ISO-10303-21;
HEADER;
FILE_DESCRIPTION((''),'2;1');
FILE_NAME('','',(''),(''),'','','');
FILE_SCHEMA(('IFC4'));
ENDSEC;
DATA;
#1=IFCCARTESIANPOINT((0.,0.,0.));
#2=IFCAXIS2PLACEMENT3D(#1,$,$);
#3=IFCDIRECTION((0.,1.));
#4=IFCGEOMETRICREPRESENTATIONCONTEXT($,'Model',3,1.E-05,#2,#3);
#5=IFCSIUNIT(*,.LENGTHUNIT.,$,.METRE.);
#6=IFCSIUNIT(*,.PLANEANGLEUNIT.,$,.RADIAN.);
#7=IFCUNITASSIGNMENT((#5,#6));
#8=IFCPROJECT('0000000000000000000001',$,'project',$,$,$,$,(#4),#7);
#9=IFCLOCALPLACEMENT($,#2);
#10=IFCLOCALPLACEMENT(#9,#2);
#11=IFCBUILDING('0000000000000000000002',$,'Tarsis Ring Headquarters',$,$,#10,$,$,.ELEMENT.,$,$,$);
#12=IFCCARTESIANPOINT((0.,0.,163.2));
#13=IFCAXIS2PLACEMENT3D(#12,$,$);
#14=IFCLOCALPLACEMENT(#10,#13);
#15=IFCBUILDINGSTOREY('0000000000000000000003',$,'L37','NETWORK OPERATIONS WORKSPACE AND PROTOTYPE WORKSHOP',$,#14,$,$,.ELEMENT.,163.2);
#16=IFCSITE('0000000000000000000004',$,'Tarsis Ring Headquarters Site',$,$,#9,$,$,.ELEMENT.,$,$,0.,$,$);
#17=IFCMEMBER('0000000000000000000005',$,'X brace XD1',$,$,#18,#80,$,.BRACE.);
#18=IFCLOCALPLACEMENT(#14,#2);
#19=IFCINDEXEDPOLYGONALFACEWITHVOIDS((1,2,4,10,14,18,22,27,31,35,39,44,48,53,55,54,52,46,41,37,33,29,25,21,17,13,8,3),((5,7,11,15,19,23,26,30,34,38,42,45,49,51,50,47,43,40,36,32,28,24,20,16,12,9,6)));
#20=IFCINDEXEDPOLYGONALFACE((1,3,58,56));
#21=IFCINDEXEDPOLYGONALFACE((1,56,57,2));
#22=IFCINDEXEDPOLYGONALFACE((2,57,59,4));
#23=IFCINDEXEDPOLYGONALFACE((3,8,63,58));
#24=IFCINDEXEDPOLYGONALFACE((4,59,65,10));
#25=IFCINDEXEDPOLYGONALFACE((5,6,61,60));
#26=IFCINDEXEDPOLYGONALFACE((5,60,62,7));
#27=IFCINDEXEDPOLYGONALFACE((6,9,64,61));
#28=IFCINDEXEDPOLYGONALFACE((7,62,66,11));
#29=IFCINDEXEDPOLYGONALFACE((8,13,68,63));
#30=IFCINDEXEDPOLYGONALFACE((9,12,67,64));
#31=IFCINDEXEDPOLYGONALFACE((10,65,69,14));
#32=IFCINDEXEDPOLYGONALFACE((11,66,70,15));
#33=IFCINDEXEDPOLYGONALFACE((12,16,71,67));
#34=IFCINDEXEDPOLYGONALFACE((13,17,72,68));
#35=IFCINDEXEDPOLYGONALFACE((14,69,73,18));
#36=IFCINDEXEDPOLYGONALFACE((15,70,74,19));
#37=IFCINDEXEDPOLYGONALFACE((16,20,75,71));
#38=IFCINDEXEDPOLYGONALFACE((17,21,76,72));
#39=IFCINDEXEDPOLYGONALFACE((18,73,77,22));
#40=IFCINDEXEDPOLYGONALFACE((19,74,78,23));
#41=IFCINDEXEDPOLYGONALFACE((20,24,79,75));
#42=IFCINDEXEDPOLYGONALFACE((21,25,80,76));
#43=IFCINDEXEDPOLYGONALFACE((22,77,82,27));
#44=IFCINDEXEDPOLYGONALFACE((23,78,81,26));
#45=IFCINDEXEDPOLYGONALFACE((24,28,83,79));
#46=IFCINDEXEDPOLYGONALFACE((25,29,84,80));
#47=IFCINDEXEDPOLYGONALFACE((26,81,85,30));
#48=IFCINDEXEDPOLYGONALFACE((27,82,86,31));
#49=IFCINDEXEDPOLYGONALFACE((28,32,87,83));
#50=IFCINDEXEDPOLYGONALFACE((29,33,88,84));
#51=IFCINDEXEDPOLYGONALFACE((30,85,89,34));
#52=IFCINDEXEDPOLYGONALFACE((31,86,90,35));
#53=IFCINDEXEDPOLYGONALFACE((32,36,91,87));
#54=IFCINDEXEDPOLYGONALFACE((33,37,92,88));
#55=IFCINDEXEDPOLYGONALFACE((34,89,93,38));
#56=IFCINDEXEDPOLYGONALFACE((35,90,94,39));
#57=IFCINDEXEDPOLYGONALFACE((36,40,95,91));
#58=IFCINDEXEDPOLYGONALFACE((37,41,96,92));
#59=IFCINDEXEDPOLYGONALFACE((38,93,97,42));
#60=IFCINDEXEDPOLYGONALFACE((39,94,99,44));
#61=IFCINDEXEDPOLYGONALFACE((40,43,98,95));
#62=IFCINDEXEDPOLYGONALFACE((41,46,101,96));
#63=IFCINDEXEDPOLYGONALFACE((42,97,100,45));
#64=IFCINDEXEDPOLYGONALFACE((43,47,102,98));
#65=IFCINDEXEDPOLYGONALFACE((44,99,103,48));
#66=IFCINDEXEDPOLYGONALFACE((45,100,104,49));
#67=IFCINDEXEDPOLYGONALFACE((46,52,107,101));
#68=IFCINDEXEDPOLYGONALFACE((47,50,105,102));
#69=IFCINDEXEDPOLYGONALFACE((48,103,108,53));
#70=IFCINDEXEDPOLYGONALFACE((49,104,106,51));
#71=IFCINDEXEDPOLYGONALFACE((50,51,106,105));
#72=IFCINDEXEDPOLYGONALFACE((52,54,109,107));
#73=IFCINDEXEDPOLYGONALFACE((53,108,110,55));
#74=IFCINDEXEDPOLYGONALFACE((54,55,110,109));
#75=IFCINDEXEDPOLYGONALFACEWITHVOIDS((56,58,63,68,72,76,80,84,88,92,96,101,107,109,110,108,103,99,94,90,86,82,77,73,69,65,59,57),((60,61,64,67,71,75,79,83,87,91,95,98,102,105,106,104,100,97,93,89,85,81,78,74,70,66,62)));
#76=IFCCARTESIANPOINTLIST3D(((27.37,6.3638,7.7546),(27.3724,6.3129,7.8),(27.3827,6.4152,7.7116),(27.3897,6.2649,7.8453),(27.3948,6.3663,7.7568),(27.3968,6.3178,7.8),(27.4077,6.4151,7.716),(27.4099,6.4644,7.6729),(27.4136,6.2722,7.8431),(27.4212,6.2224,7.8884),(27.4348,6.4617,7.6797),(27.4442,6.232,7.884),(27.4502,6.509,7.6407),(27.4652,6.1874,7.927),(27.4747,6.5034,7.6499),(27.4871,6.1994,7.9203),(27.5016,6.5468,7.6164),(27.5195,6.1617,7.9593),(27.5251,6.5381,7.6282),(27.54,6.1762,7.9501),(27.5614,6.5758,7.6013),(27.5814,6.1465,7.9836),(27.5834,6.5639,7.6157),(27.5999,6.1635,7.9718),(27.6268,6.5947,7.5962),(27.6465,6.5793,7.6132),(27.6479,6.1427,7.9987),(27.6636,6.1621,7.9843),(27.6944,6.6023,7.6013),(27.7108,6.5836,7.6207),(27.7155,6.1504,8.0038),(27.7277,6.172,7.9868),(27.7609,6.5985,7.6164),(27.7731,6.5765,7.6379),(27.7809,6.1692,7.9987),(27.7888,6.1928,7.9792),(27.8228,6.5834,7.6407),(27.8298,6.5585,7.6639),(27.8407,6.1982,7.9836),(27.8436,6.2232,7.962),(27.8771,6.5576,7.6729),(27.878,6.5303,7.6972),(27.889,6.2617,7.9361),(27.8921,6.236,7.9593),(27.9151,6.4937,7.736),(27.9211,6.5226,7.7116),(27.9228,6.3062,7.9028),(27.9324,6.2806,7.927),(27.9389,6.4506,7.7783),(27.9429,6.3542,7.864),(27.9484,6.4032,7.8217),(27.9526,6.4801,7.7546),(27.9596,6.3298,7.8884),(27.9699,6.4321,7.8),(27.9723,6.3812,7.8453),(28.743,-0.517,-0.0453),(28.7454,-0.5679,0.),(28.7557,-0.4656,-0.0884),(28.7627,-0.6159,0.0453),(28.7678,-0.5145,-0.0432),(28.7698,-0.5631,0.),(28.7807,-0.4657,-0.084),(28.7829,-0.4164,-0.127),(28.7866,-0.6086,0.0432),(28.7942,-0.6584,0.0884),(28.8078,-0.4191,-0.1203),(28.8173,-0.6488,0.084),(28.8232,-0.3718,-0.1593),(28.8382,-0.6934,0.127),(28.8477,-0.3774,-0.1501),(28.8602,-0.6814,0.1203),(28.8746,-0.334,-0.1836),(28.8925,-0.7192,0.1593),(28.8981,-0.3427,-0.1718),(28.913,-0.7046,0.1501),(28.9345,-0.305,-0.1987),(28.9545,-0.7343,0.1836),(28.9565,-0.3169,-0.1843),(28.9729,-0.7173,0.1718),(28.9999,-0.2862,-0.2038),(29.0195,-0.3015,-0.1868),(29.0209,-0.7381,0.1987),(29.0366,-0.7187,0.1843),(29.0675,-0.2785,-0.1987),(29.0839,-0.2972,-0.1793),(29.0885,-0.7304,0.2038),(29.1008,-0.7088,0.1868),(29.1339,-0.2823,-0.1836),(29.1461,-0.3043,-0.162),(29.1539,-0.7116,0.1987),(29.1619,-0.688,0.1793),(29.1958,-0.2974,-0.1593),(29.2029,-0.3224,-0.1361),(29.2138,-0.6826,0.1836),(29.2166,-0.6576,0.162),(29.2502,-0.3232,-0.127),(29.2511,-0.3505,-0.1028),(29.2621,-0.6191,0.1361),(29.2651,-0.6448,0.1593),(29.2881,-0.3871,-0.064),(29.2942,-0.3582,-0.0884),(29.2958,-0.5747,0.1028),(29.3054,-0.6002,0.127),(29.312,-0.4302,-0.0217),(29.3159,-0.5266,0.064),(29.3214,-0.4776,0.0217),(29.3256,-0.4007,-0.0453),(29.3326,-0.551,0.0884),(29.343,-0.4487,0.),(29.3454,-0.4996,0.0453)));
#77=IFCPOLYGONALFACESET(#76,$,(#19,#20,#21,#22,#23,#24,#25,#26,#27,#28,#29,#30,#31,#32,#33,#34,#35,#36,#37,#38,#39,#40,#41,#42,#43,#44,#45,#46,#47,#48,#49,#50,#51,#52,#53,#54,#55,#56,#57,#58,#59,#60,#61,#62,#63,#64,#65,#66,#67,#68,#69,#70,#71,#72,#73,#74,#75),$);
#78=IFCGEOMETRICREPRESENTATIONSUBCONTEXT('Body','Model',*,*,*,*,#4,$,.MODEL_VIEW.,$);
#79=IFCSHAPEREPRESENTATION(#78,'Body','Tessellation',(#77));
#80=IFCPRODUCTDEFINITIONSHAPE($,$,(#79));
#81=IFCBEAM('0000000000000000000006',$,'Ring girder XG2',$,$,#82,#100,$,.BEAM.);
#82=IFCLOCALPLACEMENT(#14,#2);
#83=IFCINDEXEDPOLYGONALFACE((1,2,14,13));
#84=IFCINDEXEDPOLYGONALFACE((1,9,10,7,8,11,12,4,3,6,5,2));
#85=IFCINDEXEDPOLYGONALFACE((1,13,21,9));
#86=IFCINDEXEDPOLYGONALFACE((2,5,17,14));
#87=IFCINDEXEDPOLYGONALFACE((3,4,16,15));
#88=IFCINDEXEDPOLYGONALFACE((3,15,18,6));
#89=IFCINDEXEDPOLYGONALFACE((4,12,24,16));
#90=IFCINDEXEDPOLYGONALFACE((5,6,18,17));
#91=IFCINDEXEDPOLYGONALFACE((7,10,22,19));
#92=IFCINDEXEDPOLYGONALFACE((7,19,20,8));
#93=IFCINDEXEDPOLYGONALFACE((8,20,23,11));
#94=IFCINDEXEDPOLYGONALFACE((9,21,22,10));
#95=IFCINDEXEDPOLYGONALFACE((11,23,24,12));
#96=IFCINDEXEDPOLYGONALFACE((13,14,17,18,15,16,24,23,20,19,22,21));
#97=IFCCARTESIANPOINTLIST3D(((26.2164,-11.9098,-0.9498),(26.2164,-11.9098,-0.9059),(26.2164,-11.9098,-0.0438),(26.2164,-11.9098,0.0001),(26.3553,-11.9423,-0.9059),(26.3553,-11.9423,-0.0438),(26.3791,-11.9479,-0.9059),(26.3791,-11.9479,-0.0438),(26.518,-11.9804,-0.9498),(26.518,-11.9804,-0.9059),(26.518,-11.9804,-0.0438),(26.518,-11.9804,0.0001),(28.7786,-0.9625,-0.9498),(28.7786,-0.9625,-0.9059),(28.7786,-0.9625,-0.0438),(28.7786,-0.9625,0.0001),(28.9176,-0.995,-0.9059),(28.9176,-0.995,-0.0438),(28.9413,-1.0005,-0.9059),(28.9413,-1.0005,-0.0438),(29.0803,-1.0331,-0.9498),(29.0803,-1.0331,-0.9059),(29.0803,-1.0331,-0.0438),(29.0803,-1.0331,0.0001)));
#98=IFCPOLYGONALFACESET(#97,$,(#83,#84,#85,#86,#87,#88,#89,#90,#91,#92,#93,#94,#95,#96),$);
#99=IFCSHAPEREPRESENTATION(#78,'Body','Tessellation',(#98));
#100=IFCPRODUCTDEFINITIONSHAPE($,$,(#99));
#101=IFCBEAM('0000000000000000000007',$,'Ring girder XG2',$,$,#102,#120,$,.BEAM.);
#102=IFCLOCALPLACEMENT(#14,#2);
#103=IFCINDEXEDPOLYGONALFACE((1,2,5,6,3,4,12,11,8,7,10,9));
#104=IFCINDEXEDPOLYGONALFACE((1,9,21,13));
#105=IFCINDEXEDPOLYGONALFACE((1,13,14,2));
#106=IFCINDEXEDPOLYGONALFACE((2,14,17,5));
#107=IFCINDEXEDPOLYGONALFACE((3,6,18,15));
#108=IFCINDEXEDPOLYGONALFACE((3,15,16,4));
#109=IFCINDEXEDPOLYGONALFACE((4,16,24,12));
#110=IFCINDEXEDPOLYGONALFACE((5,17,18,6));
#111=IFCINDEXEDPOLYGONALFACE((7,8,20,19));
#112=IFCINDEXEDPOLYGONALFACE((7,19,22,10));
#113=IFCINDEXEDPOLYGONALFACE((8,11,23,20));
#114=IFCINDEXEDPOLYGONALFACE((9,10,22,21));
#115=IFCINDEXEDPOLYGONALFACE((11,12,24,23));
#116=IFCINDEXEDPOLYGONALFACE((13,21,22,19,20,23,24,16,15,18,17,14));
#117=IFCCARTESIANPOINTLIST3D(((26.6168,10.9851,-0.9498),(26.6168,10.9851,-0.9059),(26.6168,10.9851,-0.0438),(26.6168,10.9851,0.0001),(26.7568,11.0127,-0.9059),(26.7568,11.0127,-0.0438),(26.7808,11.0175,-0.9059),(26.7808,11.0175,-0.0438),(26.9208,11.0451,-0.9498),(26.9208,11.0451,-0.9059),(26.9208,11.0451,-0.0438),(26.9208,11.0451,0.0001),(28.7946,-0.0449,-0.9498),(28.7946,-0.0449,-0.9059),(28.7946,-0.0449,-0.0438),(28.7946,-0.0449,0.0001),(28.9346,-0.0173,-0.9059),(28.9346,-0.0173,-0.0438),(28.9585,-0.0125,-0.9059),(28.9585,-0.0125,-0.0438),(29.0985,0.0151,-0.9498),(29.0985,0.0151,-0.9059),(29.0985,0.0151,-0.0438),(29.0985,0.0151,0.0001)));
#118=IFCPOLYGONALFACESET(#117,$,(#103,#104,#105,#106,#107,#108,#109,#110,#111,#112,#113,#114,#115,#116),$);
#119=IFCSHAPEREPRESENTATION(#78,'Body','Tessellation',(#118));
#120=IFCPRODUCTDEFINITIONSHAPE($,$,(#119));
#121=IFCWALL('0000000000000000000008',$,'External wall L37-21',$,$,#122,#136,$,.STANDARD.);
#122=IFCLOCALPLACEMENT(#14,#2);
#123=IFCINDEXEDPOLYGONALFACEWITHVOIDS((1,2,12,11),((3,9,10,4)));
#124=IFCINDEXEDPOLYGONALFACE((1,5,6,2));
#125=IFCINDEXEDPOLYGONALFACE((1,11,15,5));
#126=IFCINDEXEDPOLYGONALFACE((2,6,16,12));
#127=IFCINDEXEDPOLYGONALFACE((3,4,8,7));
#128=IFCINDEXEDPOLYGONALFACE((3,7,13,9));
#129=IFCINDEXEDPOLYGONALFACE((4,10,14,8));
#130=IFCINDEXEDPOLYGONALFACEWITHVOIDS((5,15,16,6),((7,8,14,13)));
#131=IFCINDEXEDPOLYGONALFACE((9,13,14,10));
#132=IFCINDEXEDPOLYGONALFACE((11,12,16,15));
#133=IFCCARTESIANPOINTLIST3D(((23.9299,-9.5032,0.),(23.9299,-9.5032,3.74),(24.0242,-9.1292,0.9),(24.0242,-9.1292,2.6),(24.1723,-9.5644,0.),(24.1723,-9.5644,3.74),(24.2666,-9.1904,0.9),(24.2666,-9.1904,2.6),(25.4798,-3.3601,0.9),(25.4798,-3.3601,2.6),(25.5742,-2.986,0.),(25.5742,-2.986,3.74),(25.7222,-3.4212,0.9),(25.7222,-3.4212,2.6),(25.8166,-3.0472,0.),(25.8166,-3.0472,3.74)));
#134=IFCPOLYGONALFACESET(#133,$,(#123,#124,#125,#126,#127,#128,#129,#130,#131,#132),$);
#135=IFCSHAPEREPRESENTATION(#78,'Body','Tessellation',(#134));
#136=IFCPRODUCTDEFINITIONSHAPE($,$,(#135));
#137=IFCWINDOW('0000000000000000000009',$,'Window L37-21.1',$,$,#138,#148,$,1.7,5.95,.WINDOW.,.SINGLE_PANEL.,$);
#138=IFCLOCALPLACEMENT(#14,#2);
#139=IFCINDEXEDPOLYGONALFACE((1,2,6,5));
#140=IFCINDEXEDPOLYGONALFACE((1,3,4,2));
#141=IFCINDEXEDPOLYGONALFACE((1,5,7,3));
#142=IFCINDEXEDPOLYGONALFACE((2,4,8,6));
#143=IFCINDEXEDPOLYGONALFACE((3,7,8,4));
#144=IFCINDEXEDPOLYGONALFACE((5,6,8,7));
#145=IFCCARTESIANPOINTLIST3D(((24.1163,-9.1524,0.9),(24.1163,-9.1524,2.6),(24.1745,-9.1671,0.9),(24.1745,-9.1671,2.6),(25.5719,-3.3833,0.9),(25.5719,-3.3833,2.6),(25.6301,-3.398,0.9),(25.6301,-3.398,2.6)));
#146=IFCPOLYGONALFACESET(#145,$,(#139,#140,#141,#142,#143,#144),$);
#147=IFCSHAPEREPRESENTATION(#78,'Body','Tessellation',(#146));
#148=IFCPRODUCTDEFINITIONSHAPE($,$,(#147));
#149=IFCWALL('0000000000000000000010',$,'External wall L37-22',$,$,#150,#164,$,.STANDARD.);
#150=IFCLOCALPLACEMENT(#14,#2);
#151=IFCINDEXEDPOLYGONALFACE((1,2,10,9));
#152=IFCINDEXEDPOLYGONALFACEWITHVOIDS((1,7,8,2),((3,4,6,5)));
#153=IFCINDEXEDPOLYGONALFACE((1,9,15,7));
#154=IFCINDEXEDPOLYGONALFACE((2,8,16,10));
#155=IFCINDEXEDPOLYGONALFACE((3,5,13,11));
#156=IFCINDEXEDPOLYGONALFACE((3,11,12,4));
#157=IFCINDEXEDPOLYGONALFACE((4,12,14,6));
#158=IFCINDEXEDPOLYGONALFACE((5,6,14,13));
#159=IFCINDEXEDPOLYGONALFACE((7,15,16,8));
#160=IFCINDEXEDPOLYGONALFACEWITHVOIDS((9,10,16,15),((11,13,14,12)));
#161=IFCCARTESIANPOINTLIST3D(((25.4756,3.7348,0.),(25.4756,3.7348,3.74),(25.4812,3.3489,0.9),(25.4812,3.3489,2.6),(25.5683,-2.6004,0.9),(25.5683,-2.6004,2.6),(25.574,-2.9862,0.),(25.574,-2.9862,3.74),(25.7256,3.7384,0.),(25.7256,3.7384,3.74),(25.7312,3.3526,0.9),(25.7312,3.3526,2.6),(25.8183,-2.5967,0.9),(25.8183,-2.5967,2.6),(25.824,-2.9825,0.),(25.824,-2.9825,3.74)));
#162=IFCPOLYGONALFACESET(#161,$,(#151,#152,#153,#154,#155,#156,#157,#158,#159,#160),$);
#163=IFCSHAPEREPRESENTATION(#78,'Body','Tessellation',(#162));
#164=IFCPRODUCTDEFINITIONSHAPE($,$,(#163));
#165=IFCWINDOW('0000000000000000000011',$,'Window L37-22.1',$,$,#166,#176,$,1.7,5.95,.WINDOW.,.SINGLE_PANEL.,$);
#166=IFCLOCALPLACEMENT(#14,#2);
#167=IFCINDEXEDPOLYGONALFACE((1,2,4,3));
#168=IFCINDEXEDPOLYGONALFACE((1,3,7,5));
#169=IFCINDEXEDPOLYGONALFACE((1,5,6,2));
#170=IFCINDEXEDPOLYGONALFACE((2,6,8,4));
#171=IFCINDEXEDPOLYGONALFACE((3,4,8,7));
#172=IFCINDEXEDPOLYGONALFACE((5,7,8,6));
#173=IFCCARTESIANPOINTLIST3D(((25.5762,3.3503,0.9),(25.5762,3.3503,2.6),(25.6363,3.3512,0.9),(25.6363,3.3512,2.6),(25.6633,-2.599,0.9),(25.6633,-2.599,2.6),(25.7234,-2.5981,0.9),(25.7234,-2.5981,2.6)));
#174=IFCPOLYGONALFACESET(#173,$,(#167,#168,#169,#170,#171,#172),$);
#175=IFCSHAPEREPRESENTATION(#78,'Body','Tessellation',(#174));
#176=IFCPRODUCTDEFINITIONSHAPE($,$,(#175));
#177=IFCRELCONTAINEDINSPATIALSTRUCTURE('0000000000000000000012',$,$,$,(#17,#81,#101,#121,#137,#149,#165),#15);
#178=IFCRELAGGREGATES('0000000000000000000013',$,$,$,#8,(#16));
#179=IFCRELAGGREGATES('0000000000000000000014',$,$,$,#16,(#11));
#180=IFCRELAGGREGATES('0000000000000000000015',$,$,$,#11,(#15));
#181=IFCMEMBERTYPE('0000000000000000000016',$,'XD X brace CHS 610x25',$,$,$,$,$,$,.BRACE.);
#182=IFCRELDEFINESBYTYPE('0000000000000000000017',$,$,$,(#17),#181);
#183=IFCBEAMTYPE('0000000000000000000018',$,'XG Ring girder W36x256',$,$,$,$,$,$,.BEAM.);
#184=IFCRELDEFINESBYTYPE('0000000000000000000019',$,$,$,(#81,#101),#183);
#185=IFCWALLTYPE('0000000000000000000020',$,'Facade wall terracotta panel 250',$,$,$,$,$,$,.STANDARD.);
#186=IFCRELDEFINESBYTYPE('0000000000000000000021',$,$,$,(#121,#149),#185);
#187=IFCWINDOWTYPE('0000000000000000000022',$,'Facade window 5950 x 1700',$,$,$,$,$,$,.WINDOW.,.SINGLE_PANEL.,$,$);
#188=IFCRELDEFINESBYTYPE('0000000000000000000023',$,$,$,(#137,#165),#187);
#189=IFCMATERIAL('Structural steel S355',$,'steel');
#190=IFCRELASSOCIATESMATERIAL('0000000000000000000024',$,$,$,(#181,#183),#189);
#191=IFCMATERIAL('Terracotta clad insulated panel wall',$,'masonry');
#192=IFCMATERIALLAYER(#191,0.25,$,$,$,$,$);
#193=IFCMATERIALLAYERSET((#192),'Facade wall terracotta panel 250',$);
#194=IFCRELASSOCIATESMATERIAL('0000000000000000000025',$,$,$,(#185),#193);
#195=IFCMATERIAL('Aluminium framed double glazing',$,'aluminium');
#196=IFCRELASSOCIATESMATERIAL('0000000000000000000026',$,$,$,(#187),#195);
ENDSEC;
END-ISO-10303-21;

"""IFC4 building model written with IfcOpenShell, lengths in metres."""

from ifc_helpers import new_model, si_unit, direction, frame, frame_2d, origin, origin_2d, place, context, subcontext, project, spatial, rectangle, hollow_circle, i_section, extrude, material, layer, layer_set, material_profile, profile_set, type_object, element, fill, save


model = new_model("IFC4")

# Units and contexts
model_context = context("Model", 3, precision=1e-05, world=origin(), true_north=direction((0.0, 1.0)))
body_context = subcontext(model_context, "Body", "Model", "MODEL_VIEW")
ifc_project = project(units=[si_unit("LENGTHUNIT", "METRE"), si_unit("PLANEANGLEUNIT", "RADIAN")], contexts=[model_context])

# Site, building, storey
site_placement = place(None, origin())
site = spatial("IfcSite", under=ifc_project, at=site_placement, Name="Tarsis Ring Headquarters Site", CompositionType="ELEMENT", RefElevation=0.0)
building_placement = place(site_placement, origin())
building = spatial("IfcBuilding", under=site, at=building_placement, Name="Tarsis Ring Headquarters", CompositionType="ELEMENT")
storey_placement = place(building_placement, frame((0.0, 0.0, 163.2)))
storey = spatial("IfcBuildingStorey", under=building, at=storey_placement, Name="L37", Description="NETWORK OPERATIONS WORKSPACE AND PROTOTYPE WORKSHOP", CompositionType="ELEMENT", Elevation=163.2)

# Shared definitions
ifc_material_1 = material(Name="Structural steel S355", Category="steel")

# Member
ifc_material_profile_1 = material_profile(ifc_material_1, hollow_circle(Radius=0.3047, WallThickness=0.0249, at=origin_2d()), Name="CHS 610x25")
ifc_profile_set_1 = profile_set([ifc_material_profile_1], Name="Structural steel S355")
member_type = type_object("IfcMemberType", Name="XD X brace CHS 610x25", PredefinedType="BRACE", material=ifc_profile_set_1)
member_placement = place(storey_placement, frame((29.0442, -0.5083, 0.0), z_axis=(-0.130872, 0.655849, 0.743461), x_axis=(-0.980666, -0.195688, 0.0)))
element("IfcMember", 1, at=member_placement, inside=storey, type_object=member_type, Name="X brace XD1", PredefinedType="BRACE", context=body_context, shape_type="SweptSolid", body=[
    extrude(hollow_circle(Radius=0.3047, WallThickness=0.0249, at=origin_2d()), origin(), (0.0, 0.0, 1.0), 10.4915),
])

# Beams
ifc_material_profile_2 = material_profile(ifc_material_1, i_section(OverallWidth=0.3098, OverallDepth=0.95, WebThickness=0.0244, FlangeThickness=0.0439, at=origin_2d()), Name="W36x256")
ifc_profile_set_2 = profile_set([ifc_material_profile_2], Name="Structural steel S355")
beam_type = type_object("IfcBeamType", Name="XG Ring girder W36x256", PredefinedType="BEAM", material=ifc_profile_set_2)
beam_1_placement = place(storey_placement, frame((26.3672, -11.9451, -0.4749), z_axis=(0.227895, 0.973686, 0.0), x_axis=(-0.973686, 0.227895, 0.0)))
element("IfcBeam", 2, at=beam_1_placement, inside=storey, type_object=beam_type, Name="Ring girder XG2", PredefinedType="BEAM", context=body_context, shape_type="SweptSolid", body=[
    extrude(i_section(OverallWidth=0.3098, OverallDepth=0.95, WebThickness=0.0244, FlangeThickness=0.0439, at=origin_2d()), origin(), (0.0, 0.0, 1.0), 11.2432),
])
beam_2_placement = place(storey_placement, frame((28.9465, -0.0149, -0.4749), z_axis=(-0.193698, 0.981061, 0.0), x_axis=(-0.981061, -0.193698, 0.0)))
element("IfcBeam", 3, at=beam_2_placement, inside=storey, type_object=beam_type, Name="Ring girder XG2", PredefinedType="BEAM", context=body_context, shape_type="SweptSolid", body=[
    extrude(i_section(OverallWidth=0.3098, OverallDepth=0.95, WebThickness=0.0244, FlangeThickness=0.0439, at=origin_2d()), origin(), (0.0, 0.0, 1.0), 11.2429),
])

# Walls, openings, windows
ifc_material_2 = material(Name="Terracotta clad insulated panel wall", Category="masonry")
ifc_layer = layer(ifc_material_2, 0.25)
ifc_layer_set = layer_set([ifc_layer], Name="Facade wall terracotta panel 250")
wall_type = type_object("IfcWallType", Name="Facade wall terracotta panel 250", PredefinedType="STANDARD", material=ifc_layer_set)
wall_1_placement = place(storey_placement, frame((24.051, -9.5339, 0.0), z_axis=(0.0, 0.0, 1.0), x_axis=(0.244638, 0.969615, 0.0)))
wall_1 = element("IfcWall", 4, at=wall_1_placement, inside=storey, type_object=wall_type, Name="External wall L37-21", PredefinedType="STANDARD", context=body_context, shape_type="SweptSolid", body=[
    extrude(rectangle(XDim=6.7214, YDim=0.25, at=frame_2d((3.3608, 0.0))), origin(), (0.0, 0.0, 1.0), 3.74),
])
opening_1_placement = place(wall_1_placement, frame((0.3857, 0.0, 0.8999)))
opening_1 = element("IfcOpeningElement", 5, at=opening_1_placement, cuts=wall_1, PredefinedType="OPENING", context=body_context, shape_type="SweptSolid", body=[
    extrude(rectangle(XDim=5.95, YDim=1.7, at=frame_2d((2.9751, 0.8501))), frame((0.0, 0.135, 0.0), z_axis=(0.0, -1.0, 0.0), x_axis=(1.0, 0.0, 0.0)), (0.0, 0.0, 1.0), 0.27),
])
ifc_material_3 = material(Name="Aluminium framed double glazing", Category="aluminium")
window_type = type_object("IfcWindowType", Name="Facade window 5950 x 1700", PartitioningType="SINGLE_PANEL", PredefinedType="WINDOW", material=ifc_material_3)
window_1_placement = place(opening_1_placement, origin())
window_1 = element("IfcWindow", 6, at=window_1_placement, inside=storey, type_object=window_type, Name="Window L37-21.1", OverallHeight=1.7, OverallWidth=5.95, PartitioningType="SINGLE_PANEL", PredefinedType="WINDOW", context=body_context, shape_type="SweptSolid", body=[
    extrude(rectangle(XDim=5.95, YDim=1.7, at=frame_2d((2.9751, 0.8501))), frame((0.0, 0.03, 0.0), z_axis=(0.0, -1.0, 0.0), x_axis=(1.0, 0.0, 0.0)), (0.0, 0.0, 1.0), 0.0601),
])
fill(opening_1, window_1)
wall_2_placement = place(storey_placement, frame((25.699, -2.9844, 0.0), z_axis=(0.0, 0.0, 1.0), x_axis=(-0.014638, 0.999893, 0.0)))
wall_2 = element("IfcWall", 7, at=wall_2_placement, inside=storey, type_object=wall_type, Name="External wall L37-22", PredefinedType="STANDARD", context=body_context, shape_type="SweptSolid", body=[
    extrude(rectangle(XDim=6.7217, YDim=0.25, at=frame_2d((3.3608, 0.0))), origin(), (0.0, 0.0, 1.0), 3.74),
])
opening_2_placement = place(wall_2_placement, frame((0.3857, 0.0, 0.8999)))
opening_2 = element("IfcOpeningElement", 8, at=opening_2_placement, cuts=wall_2, PredefinedType="OPENING", context=body_context, shape_type="SweptSolid", body=[
    extrude(rectangle(XDim=5.95, YDim=1.7, at=frame_2d((2.9751, 0.8501))), frame((0.0, 0.135, 0.0), z_axis=(0.0, -1.0, 0.0), x_axis=(1.0, 0.0, 0.0)), (0.0, 0.0, 1.0), 0.27),
])
window_2_placement = place(opening_2_placement, origin())
window_2 = element("IfcWindow", 9, at=window_2_placement, inside=storey, type_object=window_type, Name="Window L37-22.1", OverallHeight=1.7, OverallWidth=5.95, PartitioningType="SINGLE_PANEL", PredefinedType="WINDOW", context=body_context, shape_type="SweptSolid", body=[
    extrude(rectangle(XDim=5.95, YDim=1.7, at=frame_2d((2.9751, 0.8501))), frame((0.0, 0.03, 0.0), z_axis=(0.0, -1.0, 0.0), x_axis=(1.0, 0.0, 0.0)), (0.0, 0.0, 1.0), 0.0601),
])
fill(opening_2, window_2)

save(model, "model.ifc")
